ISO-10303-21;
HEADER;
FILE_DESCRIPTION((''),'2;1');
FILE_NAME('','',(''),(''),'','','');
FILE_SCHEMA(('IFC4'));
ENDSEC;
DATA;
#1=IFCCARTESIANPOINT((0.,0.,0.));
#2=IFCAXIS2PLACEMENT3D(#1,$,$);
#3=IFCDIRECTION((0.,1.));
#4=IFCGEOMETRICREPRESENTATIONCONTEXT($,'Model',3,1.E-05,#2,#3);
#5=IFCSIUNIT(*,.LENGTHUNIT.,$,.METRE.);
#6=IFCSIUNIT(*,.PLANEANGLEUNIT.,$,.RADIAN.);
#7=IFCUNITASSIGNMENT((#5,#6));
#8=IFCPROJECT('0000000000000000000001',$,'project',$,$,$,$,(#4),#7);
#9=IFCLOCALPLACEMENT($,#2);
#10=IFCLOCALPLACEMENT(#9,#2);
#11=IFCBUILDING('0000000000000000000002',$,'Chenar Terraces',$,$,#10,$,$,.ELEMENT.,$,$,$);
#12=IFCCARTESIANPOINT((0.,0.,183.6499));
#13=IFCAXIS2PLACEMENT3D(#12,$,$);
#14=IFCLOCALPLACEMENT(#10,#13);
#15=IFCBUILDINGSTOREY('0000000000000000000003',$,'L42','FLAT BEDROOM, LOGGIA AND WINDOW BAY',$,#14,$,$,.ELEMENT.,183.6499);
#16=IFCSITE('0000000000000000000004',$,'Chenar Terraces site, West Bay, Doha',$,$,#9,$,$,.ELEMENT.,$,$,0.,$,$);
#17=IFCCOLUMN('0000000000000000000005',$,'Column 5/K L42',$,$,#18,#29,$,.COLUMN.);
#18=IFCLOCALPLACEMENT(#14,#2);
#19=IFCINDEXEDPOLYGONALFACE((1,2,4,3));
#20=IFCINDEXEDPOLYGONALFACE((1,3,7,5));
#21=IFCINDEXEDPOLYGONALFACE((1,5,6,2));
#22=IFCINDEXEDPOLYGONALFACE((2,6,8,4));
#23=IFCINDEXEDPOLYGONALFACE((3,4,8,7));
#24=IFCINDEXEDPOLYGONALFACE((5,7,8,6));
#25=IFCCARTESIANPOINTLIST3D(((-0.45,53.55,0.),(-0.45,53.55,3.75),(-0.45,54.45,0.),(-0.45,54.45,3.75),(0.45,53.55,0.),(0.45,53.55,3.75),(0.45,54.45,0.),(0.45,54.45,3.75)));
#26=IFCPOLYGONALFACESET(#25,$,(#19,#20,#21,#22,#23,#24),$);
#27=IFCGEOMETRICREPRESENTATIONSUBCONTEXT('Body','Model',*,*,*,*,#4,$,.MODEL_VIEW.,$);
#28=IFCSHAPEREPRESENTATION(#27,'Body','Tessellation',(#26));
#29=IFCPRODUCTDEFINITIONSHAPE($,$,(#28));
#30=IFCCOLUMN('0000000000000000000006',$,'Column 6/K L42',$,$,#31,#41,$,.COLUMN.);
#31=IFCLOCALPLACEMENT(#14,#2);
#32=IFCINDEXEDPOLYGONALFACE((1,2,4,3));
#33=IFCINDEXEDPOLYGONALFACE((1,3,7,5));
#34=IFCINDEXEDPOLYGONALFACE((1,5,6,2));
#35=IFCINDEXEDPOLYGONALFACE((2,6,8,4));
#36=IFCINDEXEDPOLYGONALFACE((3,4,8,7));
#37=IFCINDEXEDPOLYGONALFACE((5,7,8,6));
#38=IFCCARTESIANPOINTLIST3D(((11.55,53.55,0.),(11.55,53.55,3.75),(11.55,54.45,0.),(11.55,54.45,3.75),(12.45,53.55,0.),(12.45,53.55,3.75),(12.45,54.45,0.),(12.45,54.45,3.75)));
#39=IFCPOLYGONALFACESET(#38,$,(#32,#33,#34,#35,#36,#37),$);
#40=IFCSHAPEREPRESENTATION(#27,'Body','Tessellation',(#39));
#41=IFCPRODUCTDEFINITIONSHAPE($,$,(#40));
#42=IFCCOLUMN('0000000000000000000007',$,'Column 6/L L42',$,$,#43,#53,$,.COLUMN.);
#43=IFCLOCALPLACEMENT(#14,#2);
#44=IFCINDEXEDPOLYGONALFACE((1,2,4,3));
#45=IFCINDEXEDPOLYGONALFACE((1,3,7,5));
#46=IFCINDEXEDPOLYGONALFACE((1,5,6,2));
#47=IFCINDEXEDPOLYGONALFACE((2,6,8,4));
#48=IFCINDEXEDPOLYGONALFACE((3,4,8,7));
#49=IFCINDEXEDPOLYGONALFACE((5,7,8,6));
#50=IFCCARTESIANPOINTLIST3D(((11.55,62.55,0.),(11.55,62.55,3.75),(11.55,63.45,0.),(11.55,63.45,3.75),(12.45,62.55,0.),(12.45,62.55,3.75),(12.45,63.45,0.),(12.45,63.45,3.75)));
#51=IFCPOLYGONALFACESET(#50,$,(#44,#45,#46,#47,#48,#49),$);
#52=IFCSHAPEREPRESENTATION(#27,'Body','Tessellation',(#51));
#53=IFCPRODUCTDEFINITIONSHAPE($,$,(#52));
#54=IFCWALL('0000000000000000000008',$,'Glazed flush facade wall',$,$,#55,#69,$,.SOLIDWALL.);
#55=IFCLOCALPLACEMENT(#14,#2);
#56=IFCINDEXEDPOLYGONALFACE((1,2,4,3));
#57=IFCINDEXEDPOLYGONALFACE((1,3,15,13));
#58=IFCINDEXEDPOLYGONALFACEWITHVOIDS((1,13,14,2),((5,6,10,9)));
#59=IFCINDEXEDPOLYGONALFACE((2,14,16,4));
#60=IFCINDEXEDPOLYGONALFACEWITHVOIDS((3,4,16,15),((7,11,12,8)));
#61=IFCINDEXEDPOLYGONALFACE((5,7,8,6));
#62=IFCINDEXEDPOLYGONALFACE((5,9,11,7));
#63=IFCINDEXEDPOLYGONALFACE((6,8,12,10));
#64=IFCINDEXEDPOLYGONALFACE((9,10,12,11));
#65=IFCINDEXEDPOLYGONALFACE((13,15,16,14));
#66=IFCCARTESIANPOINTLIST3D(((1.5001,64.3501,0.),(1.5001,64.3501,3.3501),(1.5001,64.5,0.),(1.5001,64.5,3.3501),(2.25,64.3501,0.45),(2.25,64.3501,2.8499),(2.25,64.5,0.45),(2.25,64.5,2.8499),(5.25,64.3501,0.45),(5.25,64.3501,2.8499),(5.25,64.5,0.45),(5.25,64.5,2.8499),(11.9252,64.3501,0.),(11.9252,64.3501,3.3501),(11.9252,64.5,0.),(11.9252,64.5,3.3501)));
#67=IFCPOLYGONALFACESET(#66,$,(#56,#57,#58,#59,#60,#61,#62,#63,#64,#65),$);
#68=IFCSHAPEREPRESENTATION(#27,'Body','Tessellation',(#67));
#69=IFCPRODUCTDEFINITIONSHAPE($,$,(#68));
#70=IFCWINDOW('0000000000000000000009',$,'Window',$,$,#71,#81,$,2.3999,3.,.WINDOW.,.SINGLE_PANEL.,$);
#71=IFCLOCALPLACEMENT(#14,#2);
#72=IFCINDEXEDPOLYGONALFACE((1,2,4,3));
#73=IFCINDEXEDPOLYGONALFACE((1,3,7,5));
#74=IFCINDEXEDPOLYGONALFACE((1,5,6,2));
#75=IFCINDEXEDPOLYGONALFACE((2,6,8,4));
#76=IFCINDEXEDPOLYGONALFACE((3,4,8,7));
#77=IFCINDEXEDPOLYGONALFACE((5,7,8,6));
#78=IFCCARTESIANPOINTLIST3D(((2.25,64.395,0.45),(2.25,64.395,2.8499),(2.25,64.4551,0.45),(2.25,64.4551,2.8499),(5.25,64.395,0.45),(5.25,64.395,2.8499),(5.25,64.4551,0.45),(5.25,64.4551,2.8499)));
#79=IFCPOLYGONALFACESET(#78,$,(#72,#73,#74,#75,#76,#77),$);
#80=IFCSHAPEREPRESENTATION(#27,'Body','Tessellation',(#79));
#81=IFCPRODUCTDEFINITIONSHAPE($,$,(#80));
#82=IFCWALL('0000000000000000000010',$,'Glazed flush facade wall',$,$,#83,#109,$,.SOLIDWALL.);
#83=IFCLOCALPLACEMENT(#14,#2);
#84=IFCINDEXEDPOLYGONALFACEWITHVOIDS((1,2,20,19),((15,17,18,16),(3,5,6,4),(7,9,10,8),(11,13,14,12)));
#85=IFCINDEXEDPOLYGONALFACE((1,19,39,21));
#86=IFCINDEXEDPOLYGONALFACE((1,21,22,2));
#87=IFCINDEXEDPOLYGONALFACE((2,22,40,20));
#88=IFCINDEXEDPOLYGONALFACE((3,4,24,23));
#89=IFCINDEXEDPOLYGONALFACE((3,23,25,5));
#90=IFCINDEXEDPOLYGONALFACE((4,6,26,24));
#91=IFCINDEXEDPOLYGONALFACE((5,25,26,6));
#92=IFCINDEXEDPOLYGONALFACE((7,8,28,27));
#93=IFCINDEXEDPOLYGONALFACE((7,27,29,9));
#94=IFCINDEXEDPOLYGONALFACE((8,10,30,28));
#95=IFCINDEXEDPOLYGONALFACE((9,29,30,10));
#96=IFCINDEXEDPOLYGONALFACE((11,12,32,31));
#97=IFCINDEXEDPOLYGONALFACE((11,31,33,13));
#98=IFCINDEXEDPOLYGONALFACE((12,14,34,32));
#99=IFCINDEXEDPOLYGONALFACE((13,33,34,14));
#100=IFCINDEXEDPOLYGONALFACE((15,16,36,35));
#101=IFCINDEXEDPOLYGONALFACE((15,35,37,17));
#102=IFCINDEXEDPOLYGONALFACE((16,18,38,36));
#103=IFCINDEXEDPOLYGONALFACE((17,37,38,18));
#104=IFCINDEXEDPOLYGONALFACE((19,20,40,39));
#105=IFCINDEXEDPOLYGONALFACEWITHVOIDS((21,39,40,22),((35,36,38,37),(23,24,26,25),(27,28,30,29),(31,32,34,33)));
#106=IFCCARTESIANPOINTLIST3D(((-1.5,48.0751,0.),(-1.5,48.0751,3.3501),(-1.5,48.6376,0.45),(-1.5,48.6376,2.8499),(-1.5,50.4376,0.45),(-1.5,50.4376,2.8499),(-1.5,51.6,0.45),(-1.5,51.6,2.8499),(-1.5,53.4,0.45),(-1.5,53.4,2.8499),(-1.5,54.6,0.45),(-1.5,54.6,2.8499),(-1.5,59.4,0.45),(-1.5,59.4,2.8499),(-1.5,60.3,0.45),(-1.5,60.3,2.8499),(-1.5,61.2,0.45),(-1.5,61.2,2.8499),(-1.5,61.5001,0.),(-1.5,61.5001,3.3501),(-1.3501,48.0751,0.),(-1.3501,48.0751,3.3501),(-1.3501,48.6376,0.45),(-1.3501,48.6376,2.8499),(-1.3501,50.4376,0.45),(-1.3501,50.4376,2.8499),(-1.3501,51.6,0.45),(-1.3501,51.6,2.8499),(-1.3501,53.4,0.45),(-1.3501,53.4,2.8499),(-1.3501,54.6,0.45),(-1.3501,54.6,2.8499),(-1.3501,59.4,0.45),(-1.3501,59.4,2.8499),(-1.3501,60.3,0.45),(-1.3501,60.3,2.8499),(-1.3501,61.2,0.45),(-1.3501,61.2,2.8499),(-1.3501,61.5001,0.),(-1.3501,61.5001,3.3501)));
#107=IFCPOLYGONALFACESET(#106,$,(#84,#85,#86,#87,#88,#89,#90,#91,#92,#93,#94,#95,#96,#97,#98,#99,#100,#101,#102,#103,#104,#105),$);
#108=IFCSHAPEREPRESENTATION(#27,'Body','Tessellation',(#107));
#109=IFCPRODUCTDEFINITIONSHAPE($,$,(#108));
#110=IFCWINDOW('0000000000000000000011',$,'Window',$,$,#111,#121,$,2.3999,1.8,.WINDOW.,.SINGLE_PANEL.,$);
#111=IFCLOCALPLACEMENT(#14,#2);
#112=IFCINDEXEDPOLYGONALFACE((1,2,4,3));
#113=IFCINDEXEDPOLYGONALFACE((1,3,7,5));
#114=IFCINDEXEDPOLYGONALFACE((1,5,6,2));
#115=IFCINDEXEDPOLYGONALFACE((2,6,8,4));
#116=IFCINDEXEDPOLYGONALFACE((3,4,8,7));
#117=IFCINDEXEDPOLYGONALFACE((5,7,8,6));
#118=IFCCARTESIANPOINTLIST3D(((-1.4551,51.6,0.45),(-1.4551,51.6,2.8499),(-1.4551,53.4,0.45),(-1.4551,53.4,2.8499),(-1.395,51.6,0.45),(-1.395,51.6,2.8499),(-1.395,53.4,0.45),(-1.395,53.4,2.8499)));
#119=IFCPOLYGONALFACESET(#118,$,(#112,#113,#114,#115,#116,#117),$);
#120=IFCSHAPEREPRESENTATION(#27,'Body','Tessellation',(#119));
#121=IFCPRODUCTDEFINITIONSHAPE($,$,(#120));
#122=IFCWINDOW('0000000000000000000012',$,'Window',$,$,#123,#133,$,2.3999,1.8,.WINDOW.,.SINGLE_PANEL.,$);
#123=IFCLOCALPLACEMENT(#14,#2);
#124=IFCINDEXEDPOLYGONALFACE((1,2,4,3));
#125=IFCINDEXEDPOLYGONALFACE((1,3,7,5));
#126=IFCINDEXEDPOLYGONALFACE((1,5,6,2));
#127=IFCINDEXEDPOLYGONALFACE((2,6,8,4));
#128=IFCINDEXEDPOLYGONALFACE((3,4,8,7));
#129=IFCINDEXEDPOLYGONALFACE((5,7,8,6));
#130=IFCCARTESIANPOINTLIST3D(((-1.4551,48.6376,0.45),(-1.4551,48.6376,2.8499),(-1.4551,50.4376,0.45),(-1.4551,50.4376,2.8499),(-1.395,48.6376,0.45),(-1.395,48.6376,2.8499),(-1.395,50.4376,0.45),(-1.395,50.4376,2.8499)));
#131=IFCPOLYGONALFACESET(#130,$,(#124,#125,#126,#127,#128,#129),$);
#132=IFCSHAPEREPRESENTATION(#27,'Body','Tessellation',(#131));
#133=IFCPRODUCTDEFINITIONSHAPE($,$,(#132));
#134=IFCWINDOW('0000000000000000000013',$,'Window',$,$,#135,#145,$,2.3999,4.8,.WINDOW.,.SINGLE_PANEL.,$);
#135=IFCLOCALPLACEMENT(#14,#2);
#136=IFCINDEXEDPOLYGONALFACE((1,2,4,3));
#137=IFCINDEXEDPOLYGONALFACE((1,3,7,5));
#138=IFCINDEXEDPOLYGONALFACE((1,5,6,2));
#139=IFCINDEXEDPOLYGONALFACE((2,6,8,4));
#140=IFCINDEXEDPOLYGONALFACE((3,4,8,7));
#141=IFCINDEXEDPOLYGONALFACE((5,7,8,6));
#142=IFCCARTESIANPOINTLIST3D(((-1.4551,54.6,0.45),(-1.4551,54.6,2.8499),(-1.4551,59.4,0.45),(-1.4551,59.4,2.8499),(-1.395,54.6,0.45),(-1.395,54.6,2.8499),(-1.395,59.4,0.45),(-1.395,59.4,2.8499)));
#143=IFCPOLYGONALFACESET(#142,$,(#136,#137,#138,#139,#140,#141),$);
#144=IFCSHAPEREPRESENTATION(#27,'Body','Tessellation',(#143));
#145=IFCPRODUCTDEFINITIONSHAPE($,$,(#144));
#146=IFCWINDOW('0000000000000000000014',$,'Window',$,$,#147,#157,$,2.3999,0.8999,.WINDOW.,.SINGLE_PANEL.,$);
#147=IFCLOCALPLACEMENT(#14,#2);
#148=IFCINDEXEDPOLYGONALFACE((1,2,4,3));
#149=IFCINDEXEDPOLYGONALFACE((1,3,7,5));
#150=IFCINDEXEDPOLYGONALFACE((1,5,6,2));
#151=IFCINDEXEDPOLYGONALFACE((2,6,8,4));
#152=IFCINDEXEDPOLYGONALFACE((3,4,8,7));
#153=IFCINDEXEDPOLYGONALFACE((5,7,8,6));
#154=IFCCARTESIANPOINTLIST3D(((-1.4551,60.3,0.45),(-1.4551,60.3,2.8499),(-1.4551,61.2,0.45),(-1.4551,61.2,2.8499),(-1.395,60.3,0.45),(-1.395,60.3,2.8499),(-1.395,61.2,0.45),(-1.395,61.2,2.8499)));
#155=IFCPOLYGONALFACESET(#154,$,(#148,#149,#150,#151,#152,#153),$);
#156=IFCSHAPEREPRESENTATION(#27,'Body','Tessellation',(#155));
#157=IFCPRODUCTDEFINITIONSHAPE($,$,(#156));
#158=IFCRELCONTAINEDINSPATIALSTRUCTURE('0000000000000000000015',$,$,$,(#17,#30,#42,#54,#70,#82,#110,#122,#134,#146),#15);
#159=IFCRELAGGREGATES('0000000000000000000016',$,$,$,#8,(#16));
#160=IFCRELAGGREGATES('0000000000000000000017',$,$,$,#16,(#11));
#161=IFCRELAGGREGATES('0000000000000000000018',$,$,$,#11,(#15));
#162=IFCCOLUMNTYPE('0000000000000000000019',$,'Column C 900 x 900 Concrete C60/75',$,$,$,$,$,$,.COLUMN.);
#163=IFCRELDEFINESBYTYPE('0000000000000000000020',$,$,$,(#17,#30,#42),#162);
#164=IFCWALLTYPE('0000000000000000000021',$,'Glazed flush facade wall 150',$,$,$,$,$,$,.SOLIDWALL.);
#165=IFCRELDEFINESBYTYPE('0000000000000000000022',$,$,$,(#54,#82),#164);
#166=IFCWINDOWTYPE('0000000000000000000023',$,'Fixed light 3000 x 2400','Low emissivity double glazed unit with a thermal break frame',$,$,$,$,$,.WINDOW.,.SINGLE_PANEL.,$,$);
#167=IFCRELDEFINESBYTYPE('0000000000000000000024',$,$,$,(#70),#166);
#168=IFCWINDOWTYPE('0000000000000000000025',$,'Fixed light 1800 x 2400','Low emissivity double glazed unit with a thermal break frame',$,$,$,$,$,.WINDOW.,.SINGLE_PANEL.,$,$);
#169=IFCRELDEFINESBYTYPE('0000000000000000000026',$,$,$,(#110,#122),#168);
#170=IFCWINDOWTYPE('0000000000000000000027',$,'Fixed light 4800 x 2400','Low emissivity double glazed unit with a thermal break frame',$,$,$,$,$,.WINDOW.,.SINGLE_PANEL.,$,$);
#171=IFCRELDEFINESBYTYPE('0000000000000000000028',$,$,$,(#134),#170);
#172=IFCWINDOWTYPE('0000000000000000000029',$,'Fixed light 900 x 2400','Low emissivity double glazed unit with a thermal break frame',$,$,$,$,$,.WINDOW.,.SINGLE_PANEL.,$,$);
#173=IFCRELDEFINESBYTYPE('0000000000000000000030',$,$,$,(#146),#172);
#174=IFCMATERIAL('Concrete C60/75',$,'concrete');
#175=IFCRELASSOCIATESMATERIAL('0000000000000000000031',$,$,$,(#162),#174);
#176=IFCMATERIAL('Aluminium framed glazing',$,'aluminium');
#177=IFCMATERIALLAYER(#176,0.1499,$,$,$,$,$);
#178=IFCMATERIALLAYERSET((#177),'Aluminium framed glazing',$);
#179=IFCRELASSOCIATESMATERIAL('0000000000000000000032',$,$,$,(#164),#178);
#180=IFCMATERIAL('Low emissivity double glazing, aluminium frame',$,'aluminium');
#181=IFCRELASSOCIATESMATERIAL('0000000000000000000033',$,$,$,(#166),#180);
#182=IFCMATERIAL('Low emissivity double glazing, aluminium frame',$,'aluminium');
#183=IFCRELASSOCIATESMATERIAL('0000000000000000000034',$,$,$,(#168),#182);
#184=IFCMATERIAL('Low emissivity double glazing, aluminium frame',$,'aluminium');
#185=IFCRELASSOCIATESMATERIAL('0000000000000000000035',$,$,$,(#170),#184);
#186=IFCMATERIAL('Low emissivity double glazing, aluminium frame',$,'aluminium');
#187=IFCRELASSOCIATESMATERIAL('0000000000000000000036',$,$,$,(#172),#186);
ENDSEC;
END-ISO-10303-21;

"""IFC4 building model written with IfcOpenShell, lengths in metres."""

from ifc_helpers import new_model, si_unit, direction, frame, frame_2d, origin, origin_2d, place, context, subcontext, project, spatial, rectangle, extrude, material, layer, layer_set, material_profile, profile_set, type_object, element, fill, save


model = new_model("IFC4")

# Units and contexts
model_context = context("Model", 3, precision=1e-05, world=origin(), true_north=direction((0.0, 1.0)))
body_context = subcontext(model_context, "Body", "Model", "MODEL_VIEW")
ifc_project = project(units=[si_unit("LENGTHUNIT", "METRE"), si_unit("PLANEANGLEUNIT", "RADIAN")], contexts=[model_context])

# Site, building, storey
site_placement = place(None, origin())
site = spatial("IfcSite", under=ifc_project, at=site_placement, Name="Chenar Terraces site, West Bay, Doha", CompositionType="ELEMENT", RefElevation=0.0)
building_placement = place(site_placement, origin())
building = spatial("IfcBuilding", under=site, at=building_placement, Name="Chenar Terraces", CompositionType="ELEMENT")
storey_placement = place(building_placement, frame((0.0, 0.0, 183.6499)))
storey = spatial("IfcBuildingStorey", under=building, at=storey_placement, Name="L42", Description="FLAT BEDROOM, LOGGIA AND WINDOW BAY", CompositionType="ELEMENT", Elevation=183.6499)

# Columns
ifc_material_1 = material(Name="Concrete C60/75", Category="concrete")
ifc_material_profile = material_profile(ifc_material_1, rectangle(XDim=0.8999, YDim=0.8999, at=origin_2d()), Name="C 900 x 900")
ifc_profile_set = profile_set([ifc_material_profile], Name="Concrete C60/75")
column_type = type_object("IfcColumnType", Name="Column C 900 x 900 Concrete C60/75", PredefinedType="COLUMN", material=ifc_profile_set)
placement = place(storey_placement, frame((0.0, 54.0, 0.0), z_axis=(0.0, 0.0, 1.0), x_axis=(1.0, 0.0, 0.0)))
element("IfcColumn", 1, at=placement, inside=storey, type_object=column_type, Name="Column 5/K L42", PredefinedType="COLUMN", context=body_context, shape_type="SweptSolid", body=[
    extrude(rectangle(XDim=0.8999, YDim=0.8999, at=origin_2d()), origin(), (0.0, 0.0, 1.0), 3.75),
])
for number, where, z_axis, x_axis, name in (
    (2, (12.0, 54.0, 0.0), (0.0, 0.0, 1.0), (1.0, 0.0, 0.0), "Column 6/K L42"),
    (3, (12.0, 63.0, 0.0), (0.0, 0.0, 1.0), (1.0, 0.0, 0.0), "Column 6/L L42"),
):
    element("IfcColumn", number, at=place(storey_placement, frame(where, z_axis=z_axis, x_axis=x_axis)), inside=storey, type_object=column_type, Name=name, PredefinedType="COLUMN", context=body_context, shape_type="SweptSolid", body=[
        extrude(rectangle(XDim=0.8999, YDim=0.8999, at=origin_2d()), origin(), (0.0, 0.0, 1.0), 3.75),
    ])

# Wall, opening, window
ifc_material_2 = material(Name="Aluminium framed glazing", Category="aluminium")
ifc_layer_1 = layer(ifc_material_2, 0.1499)
ifc_layer_set_1 = layer_set([ifc_layer_1], Name="Aluminium framed glazing")
wall_type_1 = type_object("IfcWallType", Name="Glazed flush facade wall 150", PredefinedType="SOLIDWALL", material=ifc_layer_set_1)
wall_1_placement = place(storey_placement, frame((11.925, 64.425, 0.0), z_axis=(0.0, 0.0, 1.0), x_axis=(-1.0, 0.0, 0.0)))
wall_1 = element("IfcWall", 4, at=wall_1_placement, inside=storey, type_object=wall_type_1, Name="Glazed flush facade wall", PredefinedType="SOLIDWALL", context=body_context, shape_type="SweptSolid", body=[
    extrude(rectangle(XDim=10.425, YDim=0.1499, at=frame_2d((5.2124, 0.0))), origin(), (0.0, 0.0, 1.0), 3.3501),
])
opening_1_placement = place(wall_1_placement, frame((6.675, 0.0, 0.45)))
opening_1 = element("IfcOpeningElement", 5, at=opening_1_placement, cuts=wall_1, PredefinedType="OPENING", context=body_context, shape_type="SweptSolid", body=[
    extrude(rectangle(XDim=3.0, YDim=2.3999, at=frame_2d((1.5, 1.2))), frame((0.0, 0.085, 0.0), z_axis=(0.0, -1.0, 0.0), x_axis=(1.0, 0.0, 0.0)), (0.0, 0.0, 1.0), 0.1699),
])
ifc_material_3 = material(Name="Low emissivity double glazing, aluminium frame", Category="aluminium")
window_type_1 = type_object("IfcWindowType", Name="Fixed light 3000 x 2400", Description="Low emissivity double glazed unit with a thermal break frame", PartitioningType="SINGLE_PANEL", PredefinedType="WINDOW", material=ifc_material_3)
window_1_placement = place(opening_1_placement, origin())
window_1 = element("IfcWindow", 6, at=window_1_placement, inside=storey, type_object=window_type_1, Name="Window", OverallHeight=2.3999, OverallWidth=3.0, PartitioningType="SINGLE_PANEL", PredefinedType="WINDOW", context=body_context, shape_type="SweptSolid", body=[
    extrude(rectangle(XDim=3.0, YDim=2.3999, at=frame_2d((1.5, 1.2))), frame((0.0, 0.03, 0.0), z_axis=(0.0, -1.0, 0.0), x_axis=(1.0, 0.0, 0.0)), (0.0, 0.0, 1.0), 0.0601),
])
fill(opening_1, window_1)

# Wall, openings, windows
wall_2_placement = place(storey_placement, frame((-1.425, 61.5, 0.0), z_axis=(0.0, 0.0, 1.0), x_axis=(0.0, -1.0, 0.0)))
wall_2 = element("IfcWall", 7, at=wall_2_placement, inside=storey, type_object=wall_type_1, Name="Glazed flush facade wall", PredefinedType="SOLIDWALL", context=body_context, shape_type="SweptSolid", body=[
    extrude(rectangle(XDim=13.425, YDim=0.1499, at=frame_2d((6.7124, 0.0))), origin(), (0.0, 0.0, 1.0), 3.3501),
])
opening_2_placement = place(wall_2_placement, frame((0.3, 0.0, 0.45)))
opening_2 = element("IfcOpeningElement", 8, at=opening_2_placement, cuts=wall_2, PredefinedType="OPENING", context=body_context, shape_type="SweptSolid", body=[
    extrude(rectangle(XDim=0.8999, YDim=2.3999, at=frame_2d((0.45, 1.2))), frame((0.0, 0.085, 0.0), z_axis=(0.0, -1.0, 0.0), x_axis=(1.0, 0.0, 0.0)), (0.0, 0.0, 1.0), 0.1699),
])
opening_3_placement = place(wall_2_placement, frame((2.1001, 0.0, 0.45)))
opening_3 = element("IfcOpeningElement", 9, at=opening_3_placement, cuts=wall_2, PredefinedType="OPENING", context=body_context, shape_type="SweptSolid", body=[
    extrude(rectangle(XDim=4.8, YDim=2.3999, at=frame_2d((2.3999, 1.2))), frame((0.0, 0.085, 0.0), z_axis=(0.0, -1.0, 0.0), x_axis=(1.0, 0.0, 0.0)), (0.0, 0.0, 1.0), 0.1699),
])
opening_4_placement = place(wall_2_placement, frame((8.1001, 0.0, 0.45)))
opening_4 = element("IfcOpeningElement", 10, at=opening_4_placement, cuts=wall_2, PredefinedType="OPENING", context=body_context, shape_type="SweptSolid", body=[
    extrude(rectangle(XDim=1.8, YDim=2.3999, at=frame_2d((0.8999, 1.2))), frame((0.0, 0.085, 0.0), z_axis=(0.0, -1.0, 0.0), x_axis=(1.0, 0.0, 0.0)), (0.0, 0.0, 1.0), 0.1699),
])
opening_5_placement = place(wall_2_placement, frame((11.0625, 0.0, 0.45)))
opening_5 = element("IfcOpeningElement", 11, at=opening_5_placement, cuts=wall_2, PredefinedType="OPENING", context=body_context, shape_type="SweptSolid", body=[
    extrude(rectangle(XDim=1.8, YDim=2.3999, at=frame_2d((0.8999, 1.2))), frame((0.0, 0.085, 0.0), z_axis=(0.0, -1.0, 0.0), x_axis=(1.0, 0.0, 0.0)), (0.0, 0.0, 1.0), 0.1699),
])
ifc_material_4 = material(Name="Low emissivity double glazing, aluminium frame", Category="aluminium")
window_type_2 = type_object("IfcWindowType", Name="Fixed light 1800 x 2400", Description="Low emissivity double glazed unit with a thermal break frame", PartitioningType="SINGLE_PANEL", PredefinedType="WINDOW", material=ifc_material_4)
window_2_placement = place(opening_4_placement, origin())
window_2 = element("IfcWindow", 12, at=window_2_placement, inside=storey, type_object=window_type_2, Name="Window", OverallHeight=2.3999, OverallWidth=1.8, PartitioningType="SINGLE_PANEL", PredefinedType="WINDOW", context=body_context, shape_type="SweptSolid", body=[
    extrude(rectangle(XDim=1.8, YDim=2.3999, at=frame_2d((0.8999, 1.2))), frame((0.0, 0.03, 0.0), z_axis=(0.0, -1.0, 0.0), x_axis=(1.0, 0.0, 0.0)), (0.0, 0.0, 1.0), 0.0601),
])
fill(opening_4, window_2)
window_3_placement = place(opening_5_placement, origin())
window_3 = element("IfcWindow", 13, at=window_3_placement, inside=storey, type_object=window_type_2, Name="Window", OverallHeight=2.3999, OverallWidth=1.8, PartitioningType="SINGLE_PANEL", PredefinedType="WINDOW", context=body_context, shape_type="SweptSolid", body=[
    extrude(rectangle(XDim=1.8, YDim=2.3999, at=frame_2d((0.8999, 1.2))), frame((0.0, 0.03, 0.0), z_axis=(0.0, -1.0, 0.0), x_axis=(1.0, 0.0, 0.0)), (0.0, 0.0, 1.0), 0.0601),
])
fill(opening_5, window_3)
ifc_material_5 = material(Name="Low emissivity double glazing, aluminium frame", Category="aluminium")
window_type_3 = type_object("IfcWindowType", Name="Fixed light 4800 x 2400", Description="Low emissivity double glazed unit with a thermal break frame", PartitioningType="SINGLE_PANEL", PredefinedType="WINDOW", material=ifc_material_5)
window_4_placement = place(opening_3_placement, origin())
window_4 = element("IfcWindow", 14, at=window_4_placement, inside=storey, type_object=window_type_3, Name="Window", OverallHeight=2.3999, OverallWidth=4.8, PartitioningType="SINGLE_PANEL", PredefinedType="WINDOW", context=body_context, shape_type="SweptSolid", body=[
    extrude(rectangle(XDim=4.8, YDim=2.3999, at=frame_2d((2.3999, 1.2))), frame((0.0, 0.03, 0.0), z_axis=(0.0, -1.0, 0.0), x_axis=(1.0, 0.0, 0.0)), (0.0, 0.0, 1.0), 0.0601),
])
fill(opening_3, window_4)
ifc_material_6 = material(Name="Low emissivity double glazing, aluminium frame", Category="aluminium")
window_type_4 = type_object("IfcWindowType", Name="Fixed light 900 x 2400", Description="Low emissivity double glazed unit with a thermal break frame", PartitioningType="SINGLE_PANEL", PredefinedType="WINDOW", material=ifc_material_6)
window_5_placement = place(opening_2_placement, origin())
window_5 = element("IfcWindow", 15, at=window_5_placement, inside=storey, type_object=window_type_4, Name="Window", OverallHeight=2.3999, OverallWidth=0.8999, PartitioningType="SINGLE_PANEL", PredefinedType="WINDOW", context=body_context, shape_type="SweptSolid", body=[
    extrude(rectangle(XDim=0.8999, YDim=2.3999, at=frame_2d((0.45, 1.2))), frame((0.0, 0.03, 0.0), z_axis=(0.0, -1.0, 0.0), x_axis=(1.0, 0.0, 0.0)), (0.0, 0.0, 1.0), 0.0601),
])
fill(opening_2, window_5)

save(model, "model.ifc")
